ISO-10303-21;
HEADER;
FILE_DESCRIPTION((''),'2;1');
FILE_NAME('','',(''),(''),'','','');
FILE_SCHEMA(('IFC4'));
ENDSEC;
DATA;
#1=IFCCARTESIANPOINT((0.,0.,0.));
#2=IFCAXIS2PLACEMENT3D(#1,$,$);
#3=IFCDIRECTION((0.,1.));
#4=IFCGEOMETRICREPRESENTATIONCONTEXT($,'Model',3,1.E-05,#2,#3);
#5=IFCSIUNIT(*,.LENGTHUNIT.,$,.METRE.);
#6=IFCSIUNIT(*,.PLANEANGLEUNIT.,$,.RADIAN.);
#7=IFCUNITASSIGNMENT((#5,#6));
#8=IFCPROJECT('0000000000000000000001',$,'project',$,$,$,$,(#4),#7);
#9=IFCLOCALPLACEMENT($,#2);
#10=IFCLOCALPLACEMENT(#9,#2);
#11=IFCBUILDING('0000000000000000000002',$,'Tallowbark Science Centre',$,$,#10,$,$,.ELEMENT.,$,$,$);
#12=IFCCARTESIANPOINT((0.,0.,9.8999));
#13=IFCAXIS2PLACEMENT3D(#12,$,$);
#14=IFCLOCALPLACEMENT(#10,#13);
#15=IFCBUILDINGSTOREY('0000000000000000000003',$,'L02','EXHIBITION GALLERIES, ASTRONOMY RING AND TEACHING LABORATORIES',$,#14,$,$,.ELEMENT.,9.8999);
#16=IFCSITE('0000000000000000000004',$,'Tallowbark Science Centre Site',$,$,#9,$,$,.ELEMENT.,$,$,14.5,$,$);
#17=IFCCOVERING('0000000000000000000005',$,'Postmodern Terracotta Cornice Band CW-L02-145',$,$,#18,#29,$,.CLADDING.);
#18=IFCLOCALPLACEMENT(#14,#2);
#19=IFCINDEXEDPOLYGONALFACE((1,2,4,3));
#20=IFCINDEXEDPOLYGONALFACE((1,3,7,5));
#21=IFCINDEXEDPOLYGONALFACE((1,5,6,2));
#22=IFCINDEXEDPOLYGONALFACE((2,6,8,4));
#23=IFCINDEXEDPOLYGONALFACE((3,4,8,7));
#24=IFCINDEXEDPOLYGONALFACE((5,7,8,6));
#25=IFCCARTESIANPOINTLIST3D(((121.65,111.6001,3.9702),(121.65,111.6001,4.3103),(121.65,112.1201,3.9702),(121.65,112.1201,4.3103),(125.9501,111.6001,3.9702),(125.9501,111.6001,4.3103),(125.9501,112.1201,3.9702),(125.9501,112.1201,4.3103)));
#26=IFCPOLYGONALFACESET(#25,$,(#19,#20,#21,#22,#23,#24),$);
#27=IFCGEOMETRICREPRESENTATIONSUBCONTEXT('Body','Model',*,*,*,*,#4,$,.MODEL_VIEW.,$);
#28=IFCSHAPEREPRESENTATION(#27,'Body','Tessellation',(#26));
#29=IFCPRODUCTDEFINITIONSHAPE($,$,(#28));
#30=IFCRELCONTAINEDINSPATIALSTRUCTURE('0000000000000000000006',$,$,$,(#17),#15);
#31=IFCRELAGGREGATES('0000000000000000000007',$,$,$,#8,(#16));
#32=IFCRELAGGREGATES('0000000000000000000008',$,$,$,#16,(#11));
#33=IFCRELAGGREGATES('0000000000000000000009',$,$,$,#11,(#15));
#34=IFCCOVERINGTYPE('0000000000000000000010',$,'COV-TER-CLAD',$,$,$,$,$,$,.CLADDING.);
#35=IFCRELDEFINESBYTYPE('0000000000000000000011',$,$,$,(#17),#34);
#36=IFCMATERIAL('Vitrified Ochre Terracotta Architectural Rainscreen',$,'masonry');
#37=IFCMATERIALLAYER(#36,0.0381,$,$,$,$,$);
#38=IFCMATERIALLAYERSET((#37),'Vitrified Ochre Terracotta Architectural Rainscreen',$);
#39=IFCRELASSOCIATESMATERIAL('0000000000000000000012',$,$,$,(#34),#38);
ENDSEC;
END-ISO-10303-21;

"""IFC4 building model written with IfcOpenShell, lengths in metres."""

from ifc_helpers import new_model, si_unit, direction, frame, origin, origin_2d, place, context, subcontext, project, spatial, rectangle, extrude, material, layer, layer_set, type_object, element, save


model = new_model("IFC4")

# Units and contexts
model_context = context("Model", 3, precision=1e-05, world=origin(), true_north=direction((0.0, 1.0)))
body_context = subcontext(model_context, "Body", "Model", "MODEL_VIEW")
ifc_project = project(units=[si_unit("LENGTHUNIT", "METRE"), si_unit("PLANEANGLEUNIT", "RADIAN")], contexts=[model_context])

# Site, building, storey
site_placement = place(None, origin())
site = spatial("IfcSite", under=ifc_project, at=site_placement, Name="Tallowbark Science Centre Site", CompositionType="ELEMENT", RefElevation=14.5)
building_placement = place(site_placement, origin())
building = spatial("IfcBuilding", under=site, at=building_placement, Name="Tallowbark Science Centre", CompositionType="ELEMENT")
storey_placement = place(building_placement, frame((0.0, 0.0, 9.8999)))
storey = spatial("IfcBuildingStorey", under=building, at=storey_placement, Name="L02", Description="EXHIBITION GALLERIES, ASTRONOMY RING AND TEACHING LABORATORIES", CompositionType="ELEMENT", Elevation=9.8999)

# Covering
ifc_material_1 = material(Name="Vitrified Ochre Terracotta Architectural Rainscreen", Category="masonry")
ifc_layer_1 = layer(ifc_material_1, 0.0381)
ifc_layer_set_1 = layer_set([ifc_layer_1], Name="Vitrified Ochre Terracotta Architectural Rainscreen")
covering_type_1 = type_object("IfcCoveringType", Name="COV-TER-CLAD", PredefinedType="CLADDING", material=ifc_layer_set_1)
covering_placement = place(storey_placement, frame((123.8, 111.8601, 3.9702), z_axis=(0.0, 0.0, 1.0), x_axis=(-1.0, 0.0, 0.0)))
element("IfcCovering", 1, at=covering_placement, inside=storey, type_object=covering_type_1, Name="Postmodern Terracotta Cornice Band CW-L02-145", PredefinedType="CLADDING", context=body_context, shape_type="SweptSolid", body=[
    extrude(rectangle(XDim=4.3, YDim=0.52, at=origin_2d()), origin(), (0.0, 0.0, 1.0), 0.3401),
])

save(model, "model.ifc")
